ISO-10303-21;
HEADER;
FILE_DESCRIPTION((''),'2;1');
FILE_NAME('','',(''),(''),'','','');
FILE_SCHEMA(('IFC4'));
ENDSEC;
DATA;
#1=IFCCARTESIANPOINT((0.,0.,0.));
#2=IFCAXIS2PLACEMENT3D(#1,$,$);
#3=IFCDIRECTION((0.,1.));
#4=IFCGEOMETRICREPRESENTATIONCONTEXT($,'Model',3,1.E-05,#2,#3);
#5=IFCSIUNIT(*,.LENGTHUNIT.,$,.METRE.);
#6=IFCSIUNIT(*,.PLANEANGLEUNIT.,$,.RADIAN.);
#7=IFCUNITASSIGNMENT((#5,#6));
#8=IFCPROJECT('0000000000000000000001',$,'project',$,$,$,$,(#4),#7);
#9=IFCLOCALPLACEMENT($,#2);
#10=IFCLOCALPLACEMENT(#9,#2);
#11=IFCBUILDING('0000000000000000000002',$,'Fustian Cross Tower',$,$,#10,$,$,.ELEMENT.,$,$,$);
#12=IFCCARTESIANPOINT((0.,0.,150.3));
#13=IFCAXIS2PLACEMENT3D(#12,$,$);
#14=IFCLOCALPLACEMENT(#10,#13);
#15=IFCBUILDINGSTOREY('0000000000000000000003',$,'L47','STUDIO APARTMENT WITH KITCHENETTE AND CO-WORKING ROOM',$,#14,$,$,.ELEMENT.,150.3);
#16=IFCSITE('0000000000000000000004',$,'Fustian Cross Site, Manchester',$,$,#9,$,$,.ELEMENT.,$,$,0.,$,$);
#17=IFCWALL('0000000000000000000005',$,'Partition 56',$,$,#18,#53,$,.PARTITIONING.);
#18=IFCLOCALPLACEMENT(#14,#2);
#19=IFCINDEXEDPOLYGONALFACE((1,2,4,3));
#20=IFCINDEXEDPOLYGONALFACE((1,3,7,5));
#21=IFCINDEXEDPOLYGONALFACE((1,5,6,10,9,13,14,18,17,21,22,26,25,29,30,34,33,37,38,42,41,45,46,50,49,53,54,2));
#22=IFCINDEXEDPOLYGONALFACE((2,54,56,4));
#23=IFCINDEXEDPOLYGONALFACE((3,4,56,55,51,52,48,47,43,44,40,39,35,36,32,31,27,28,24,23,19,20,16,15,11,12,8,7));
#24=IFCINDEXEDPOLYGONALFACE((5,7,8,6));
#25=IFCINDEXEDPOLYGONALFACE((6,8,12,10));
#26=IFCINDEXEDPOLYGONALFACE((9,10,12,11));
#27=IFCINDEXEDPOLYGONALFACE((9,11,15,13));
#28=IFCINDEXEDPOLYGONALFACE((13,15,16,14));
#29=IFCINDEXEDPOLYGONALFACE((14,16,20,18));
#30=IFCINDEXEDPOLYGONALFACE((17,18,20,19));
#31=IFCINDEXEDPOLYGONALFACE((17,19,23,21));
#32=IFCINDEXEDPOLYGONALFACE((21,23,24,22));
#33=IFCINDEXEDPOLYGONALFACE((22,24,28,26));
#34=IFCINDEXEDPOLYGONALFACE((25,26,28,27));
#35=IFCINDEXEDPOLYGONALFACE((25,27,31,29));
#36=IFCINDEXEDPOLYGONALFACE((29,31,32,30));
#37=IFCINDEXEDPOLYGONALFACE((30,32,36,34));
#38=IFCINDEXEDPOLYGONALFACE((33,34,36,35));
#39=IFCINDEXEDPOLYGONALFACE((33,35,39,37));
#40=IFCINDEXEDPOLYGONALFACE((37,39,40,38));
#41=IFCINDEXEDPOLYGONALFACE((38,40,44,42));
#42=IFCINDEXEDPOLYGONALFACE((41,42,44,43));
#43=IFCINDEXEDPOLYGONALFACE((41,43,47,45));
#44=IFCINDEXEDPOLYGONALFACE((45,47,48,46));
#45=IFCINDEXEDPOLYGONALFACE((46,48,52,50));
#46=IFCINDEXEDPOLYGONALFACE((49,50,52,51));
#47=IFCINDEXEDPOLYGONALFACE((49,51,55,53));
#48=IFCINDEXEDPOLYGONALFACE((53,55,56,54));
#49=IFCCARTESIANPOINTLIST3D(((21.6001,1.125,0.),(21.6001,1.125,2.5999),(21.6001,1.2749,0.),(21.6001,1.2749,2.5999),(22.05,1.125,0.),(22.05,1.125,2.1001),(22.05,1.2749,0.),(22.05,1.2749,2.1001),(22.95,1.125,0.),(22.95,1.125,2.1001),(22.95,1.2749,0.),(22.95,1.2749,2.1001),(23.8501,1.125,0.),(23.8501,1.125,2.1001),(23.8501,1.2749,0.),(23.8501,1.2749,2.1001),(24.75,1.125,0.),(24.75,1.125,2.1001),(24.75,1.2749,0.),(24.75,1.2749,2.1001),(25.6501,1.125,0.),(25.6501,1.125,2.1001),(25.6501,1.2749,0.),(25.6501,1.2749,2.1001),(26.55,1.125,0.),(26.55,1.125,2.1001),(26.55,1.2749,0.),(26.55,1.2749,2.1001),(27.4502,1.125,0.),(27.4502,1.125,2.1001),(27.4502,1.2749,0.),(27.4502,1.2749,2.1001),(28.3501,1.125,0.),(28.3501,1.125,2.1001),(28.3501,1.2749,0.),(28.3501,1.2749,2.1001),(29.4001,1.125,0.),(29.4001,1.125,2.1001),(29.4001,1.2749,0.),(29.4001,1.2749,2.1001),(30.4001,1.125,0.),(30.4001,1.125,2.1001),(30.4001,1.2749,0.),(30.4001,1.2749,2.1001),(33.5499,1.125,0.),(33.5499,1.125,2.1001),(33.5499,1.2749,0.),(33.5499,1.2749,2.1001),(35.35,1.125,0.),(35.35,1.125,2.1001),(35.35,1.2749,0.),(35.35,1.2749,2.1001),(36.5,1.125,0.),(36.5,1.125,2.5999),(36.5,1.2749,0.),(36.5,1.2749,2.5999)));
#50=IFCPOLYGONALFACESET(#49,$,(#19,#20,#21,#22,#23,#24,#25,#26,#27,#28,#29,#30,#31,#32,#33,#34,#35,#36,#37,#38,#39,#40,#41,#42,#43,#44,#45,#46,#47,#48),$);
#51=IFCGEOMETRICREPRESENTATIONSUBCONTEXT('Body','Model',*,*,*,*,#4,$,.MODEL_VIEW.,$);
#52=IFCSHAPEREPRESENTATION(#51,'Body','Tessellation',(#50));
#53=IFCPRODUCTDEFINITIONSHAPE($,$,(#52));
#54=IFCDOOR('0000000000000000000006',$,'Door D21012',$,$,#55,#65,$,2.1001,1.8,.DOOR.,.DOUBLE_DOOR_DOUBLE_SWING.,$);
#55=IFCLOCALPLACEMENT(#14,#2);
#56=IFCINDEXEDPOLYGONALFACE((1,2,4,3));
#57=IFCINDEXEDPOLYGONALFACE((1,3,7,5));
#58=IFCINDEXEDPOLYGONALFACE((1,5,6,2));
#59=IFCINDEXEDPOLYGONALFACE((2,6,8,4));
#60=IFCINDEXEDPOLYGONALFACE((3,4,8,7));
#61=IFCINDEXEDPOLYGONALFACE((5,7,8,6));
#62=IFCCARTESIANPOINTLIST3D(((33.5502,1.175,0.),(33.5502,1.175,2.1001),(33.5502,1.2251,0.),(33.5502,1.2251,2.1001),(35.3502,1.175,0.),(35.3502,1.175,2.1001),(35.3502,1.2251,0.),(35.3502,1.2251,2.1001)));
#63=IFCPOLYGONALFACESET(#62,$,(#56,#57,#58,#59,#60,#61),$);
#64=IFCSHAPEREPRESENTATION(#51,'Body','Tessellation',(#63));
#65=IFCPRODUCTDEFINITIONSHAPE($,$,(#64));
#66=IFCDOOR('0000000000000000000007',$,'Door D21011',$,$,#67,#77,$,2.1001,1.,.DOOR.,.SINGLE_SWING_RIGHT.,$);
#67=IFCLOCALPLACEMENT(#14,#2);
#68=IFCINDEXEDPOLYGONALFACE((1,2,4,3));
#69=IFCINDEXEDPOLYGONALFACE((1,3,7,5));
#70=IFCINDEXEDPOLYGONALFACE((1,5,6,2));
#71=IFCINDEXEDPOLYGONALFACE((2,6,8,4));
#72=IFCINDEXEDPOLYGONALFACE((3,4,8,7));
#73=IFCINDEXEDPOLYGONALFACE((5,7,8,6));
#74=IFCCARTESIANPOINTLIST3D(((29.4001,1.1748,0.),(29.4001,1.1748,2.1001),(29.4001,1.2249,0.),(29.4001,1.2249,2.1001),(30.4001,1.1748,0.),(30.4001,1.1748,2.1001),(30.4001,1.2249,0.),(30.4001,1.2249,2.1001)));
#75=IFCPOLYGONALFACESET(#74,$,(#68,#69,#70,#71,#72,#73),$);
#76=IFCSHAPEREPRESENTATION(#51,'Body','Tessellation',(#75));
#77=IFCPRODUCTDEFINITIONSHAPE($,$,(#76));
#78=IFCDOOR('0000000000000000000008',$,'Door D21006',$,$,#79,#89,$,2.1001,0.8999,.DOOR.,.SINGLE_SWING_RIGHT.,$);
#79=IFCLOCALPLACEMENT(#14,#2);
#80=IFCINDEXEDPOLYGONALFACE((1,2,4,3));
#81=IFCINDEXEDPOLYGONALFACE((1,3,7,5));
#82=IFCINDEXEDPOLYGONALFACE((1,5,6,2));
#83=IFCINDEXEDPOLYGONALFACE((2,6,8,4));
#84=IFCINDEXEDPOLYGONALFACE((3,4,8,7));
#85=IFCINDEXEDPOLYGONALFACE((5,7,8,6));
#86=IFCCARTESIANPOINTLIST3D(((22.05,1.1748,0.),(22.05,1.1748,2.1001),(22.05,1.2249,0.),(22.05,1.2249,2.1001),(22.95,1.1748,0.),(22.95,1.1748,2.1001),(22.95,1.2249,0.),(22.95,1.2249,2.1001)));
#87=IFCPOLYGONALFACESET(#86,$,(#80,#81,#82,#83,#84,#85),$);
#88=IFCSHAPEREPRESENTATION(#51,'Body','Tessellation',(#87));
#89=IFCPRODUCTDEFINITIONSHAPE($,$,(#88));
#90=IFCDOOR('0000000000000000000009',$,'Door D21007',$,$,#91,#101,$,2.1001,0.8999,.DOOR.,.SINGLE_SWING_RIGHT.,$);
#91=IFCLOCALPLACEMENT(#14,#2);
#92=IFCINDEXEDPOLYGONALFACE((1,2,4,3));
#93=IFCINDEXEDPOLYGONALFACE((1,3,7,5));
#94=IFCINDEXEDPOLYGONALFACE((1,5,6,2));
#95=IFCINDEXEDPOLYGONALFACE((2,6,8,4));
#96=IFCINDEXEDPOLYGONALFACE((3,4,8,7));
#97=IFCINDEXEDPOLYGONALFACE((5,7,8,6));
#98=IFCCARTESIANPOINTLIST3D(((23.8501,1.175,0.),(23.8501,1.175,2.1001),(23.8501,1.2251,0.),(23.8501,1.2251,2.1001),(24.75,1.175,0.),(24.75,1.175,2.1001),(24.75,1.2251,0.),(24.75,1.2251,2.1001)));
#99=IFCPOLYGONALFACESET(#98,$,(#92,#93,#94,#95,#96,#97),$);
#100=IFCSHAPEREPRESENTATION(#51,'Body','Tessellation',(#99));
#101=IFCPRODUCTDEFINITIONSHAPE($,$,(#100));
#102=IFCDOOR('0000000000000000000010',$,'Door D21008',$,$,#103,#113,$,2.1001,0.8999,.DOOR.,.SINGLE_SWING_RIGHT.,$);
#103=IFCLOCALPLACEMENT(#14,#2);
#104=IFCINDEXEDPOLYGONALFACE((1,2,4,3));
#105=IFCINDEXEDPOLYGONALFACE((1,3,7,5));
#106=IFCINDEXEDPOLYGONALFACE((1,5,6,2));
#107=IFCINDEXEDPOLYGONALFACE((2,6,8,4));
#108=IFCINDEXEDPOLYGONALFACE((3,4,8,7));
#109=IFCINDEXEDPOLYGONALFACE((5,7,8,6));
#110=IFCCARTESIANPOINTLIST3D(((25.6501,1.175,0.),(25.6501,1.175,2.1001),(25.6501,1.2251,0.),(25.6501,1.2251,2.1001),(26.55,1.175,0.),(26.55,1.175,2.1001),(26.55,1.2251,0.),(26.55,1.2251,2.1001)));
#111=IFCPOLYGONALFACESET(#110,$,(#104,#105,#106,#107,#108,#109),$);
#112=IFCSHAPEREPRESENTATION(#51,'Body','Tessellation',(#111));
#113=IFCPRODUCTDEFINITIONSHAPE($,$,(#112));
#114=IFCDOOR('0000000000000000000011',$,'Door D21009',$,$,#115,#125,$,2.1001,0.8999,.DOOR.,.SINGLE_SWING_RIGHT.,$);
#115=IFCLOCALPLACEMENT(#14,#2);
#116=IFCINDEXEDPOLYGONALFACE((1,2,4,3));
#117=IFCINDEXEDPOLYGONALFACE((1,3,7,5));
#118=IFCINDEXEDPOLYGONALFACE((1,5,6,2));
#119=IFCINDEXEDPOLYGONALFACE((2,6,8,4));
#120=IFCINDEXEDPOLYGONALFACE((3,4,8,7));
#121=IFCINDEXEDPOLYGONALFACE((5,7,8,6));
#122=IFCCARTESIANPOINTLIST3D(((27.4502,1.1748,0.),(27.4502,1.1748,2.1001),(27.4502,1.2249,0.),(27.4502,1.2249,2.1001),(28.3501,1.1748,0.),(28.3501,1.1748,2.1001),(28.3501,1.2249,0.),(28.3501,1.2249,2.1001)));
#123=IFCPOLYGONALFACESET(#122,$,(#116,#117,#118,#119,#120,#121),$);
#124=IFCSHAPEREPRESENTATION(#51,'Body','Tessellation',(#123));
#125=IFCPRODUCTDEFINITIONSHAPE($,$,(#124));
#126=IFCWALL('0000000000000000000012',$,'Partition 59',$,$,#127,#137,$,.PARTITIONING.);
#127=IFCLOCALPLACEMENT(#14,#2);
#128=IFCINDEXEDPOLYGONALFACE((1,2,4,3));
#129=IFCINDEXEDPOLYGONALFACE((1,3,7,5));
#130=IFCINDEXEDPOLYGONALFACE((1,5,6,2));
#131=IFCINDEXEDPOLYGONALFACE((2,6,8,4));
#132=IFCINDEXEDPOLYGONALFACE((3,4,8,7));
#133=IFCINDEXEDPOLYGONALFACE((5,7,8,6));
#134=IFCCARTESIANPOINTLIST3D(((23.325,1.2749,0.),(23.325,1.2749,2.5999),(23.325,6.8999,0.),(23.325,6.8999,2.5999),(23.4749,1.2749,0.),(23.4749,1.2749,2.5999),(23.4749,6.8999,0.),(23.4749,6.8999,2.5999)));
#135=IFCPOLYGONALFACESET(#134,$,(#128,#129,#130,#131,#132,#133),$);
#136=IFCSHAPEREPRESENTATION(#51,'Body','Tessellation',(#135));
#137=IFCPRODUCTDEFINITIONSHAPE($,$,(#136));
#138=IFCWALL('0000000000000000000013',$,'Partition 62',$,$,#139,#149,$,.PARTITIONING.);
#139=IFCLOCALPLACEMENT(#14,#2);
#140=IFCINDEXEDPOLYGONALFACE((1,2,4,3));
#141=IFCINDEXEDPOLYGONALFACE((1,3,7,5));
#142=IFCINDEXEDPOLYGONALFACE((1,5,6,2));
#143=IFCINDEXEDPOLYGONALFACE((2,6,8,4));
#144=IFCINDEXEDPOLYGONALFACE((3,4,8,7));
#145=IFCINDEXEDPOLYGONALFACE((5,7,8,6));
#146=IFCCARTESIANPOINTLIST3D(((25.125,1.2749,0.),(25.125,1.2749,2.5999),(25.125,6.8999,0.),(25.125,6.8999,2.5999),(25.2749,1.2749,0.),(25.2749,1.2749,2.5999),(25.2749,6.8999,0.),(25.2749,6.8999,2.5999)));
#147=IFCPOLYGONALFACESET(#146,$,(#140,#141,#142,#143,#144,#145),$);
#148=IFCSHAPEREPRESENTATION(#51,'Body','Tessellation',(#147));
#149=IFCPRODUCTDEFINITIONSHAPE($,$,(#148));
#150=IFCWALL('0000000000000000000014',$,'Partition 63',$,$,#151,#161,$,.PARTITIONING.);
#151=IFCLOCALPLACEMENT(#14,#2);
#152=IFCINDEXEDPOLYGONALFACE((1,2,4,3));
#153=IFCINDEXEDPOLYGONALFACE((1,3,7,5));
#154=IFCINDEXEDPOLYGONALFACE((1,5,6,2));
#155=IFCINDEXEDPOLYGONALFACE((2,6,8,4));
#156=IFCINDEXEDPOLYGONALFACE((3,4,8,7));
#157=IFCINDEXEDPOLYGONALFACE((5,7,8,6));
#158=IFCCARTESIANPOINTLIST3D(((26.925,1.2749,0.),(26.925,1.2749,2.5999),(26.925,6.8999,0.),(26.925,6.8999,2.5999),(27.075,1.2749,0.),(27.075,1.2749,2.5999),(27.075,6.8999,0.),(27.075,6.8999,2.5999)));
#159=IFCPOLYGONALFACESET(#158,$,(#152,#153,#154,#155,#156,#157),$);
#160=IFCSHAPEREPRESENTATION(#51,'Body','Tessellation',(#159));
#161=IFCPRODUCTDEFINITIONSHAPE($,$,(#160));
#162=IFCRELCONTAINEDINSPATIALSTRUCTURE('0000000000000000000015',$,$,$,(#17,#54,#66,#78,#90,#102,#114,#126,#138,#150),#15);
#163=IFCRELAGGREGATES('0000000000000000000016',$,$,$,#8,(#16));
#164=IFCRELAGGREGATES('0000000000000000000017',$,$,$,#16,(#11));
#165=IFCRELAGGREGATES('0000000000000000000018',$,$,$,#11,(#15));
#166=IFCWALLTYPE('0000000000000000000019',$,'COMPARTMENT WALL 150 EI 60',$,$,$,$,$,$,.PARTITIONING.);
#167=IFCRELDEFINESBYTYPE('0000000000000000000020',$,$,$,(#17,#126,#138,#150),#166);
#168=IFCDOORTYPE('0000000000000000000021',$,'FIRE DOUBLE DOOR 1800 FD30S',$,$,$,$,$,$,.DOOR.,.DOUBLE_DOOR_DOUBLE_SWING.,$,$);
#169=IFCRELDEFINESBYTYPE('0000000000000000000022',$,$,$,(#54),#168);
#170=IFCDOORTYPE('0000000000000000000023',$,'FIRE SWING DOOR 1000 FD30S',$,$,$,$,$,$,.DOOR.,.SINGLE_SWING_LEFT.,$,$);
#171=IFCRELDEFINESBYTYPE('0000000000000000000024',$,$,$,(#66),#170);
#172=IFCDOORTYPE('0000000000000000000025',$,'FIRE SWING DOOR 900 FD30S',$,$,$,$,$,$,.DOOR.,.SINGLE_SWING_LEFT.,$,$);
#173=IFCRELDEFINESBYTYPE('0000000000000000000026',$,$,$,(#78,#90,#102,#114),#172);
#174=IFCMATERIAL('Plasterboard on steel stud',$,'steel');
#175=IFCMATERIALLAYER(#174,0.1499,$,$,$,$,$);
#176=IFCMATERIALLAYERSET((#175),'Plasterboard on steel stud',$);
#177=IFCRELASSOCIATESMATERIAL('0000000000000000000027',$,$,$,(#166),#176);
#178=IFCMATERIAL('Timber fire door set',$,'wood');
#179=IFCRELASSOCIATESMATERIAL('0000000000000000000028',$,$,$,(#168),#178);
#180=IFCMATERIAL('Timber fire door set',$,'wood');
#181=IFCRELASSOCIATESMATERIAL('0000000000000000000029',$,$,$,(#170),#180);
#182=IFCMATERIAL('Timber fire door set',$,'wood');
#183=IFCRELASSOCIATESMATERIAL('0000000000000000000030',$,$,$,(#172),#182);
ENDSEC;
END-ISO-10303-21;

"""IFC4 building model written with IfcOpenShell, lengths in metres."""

from ifc_helpers import new_model, si_unit, direction, frame, frame_2d, origin, place, context, subcontext, project, spatial, rectangle, extrude, material, layer, layer_set, type_object, element, fill, save


model = new_model("IFC4")

# Units and contexts
model_context = context("Model", 3, precision=1e-05, world=origin(), true_north=direction((0.0, 1.0)))
body_context = subcontext(model_context, "Body", "Model", "MODEL_VIEW")
ifc_project = project(units=[si_unit("LENGTHUNIT", "METRE"), si_unit("PLANEANGLEUNIT", "RADIAN")], contexts=[model_context])

# Site, building, storey
site_placement = place(None, origin())
site = spatial("IfcSite", under=ifc_project, at=site_placement, Name="Fustian Cross Site, Manchester", CompositionType="ELEMENT", RefElevation=0.0)
building_placement = place(site_placement, origin())
building = spatial("IfcBuilding", under=site, at=building_placement, Name="Fustian Cross Tower", CompositionType="ELEMENT")
storey_placement = place(building_placement, frame((0.0, 0.0, 150.3)))
storey = spatial("IfcBuildingStorey", under=building, at=storey_placement, Name="L47", Description="STUDIO APARTMENT WITH KITCHENETTE AND CO-WORKING ROOM", CompositionType="ELEMENT", Elevation=150.3)

# Wall, openings, doors
ifc_material_1 = material(Name="Plasterboard on steel stud", Category="steel")
ifc_layer_1 = layer(ifc_material_1, 0.1499)
ifc_layer_set_1 = layer_set([ifc_layer_1], Name="Plasterboard on steel stud")
wall_type_1 = type_object("IfcWallType", Name="COMPARTMENT WALL 150 EI 60", PredefinedType="PARTITIONING", material=ifc_layer_set_1)
ifc_material_2 = material(Name="Timber fire door set", Category="wood")
door_type_1 = type_object("IfcDoorType", Name="FIRE DOUBLE DOOR 1800 FD30S", OperationType="DOUBLE_DOOR_DOUBLE_SWING", PredefinedType="DOOR", material=ifc_material_2)
ifc_material_3 = material(Name="Timber fire door set", Category="wood")
door_type_2 = type_object("IfcDoorType", Name="FIRE SWING DOOR 1000 FD30S", OperationType="SINGLE_SWING_LEFT", PredefinedType="DOOR", material=ifc_material_3)
wall_1_placement = place(storey_placement, frame((21.6001, 1.2, 0.0), z_axis=(0.0, 0.0, 1.0), x_axis=(1.0, 0.0, 0.0)))
wall_1 = element("IfcWall", 1, at=wall_1_placement, inside=storey, type_object=wall_type_1, Name="Partition 56", PredefinedType="PARTITIONING", context=body_context, shape_type="SweptSolid", body=[
    extrude(rectangle(XDim=14.8999, YDim=0.1499, at=frame_2d((7.45, 0.0))), origin(), (0.0, 0.0, 1.0), 2.5999),
])
opening_1_placement = place(wall_1_placement, frame((0.45, 0.0, 0.0)))
opening_1 = element("IfcOpeningElement", 2, at=opening_1_placement, cuts=wall_1, PredefinedType="OPENING", context=body_context, shape_type="SweptSolid", body=[
    extrude(rectangle(XDim=0.8999, YDim=2.1001, at=frame_2d((0.45, 1.05))), frame((0.0, 0.085, 0.0), z_axis=(0.0, -1.0, 0.0), x_axis=(1.0, 0.0, 0.0)), (0.0, 0.0, 1.0), 0.1699),
])
opening_2_placement = place(wall_1_placement, frame((2.25, 0.0, 0.0)))
opening_2 = element("IfcOpeningElement", 3, at=opening_2_placement, cuts=wall_1, PredefinedType="OPENING", context=body_context, shape_type="SweptSolid", body=[
    extrude(rectangle(XDim=0.8999, YDim=2.1001, at=frame_2d((0.45, 1.05))), frame((0.0, 0.085, 0.0), z_axis=(0.0, -1.0, 0.0), x_axis=(1.0, 0.0, 0.0)), (0.0, 0.0, 1.0), 0.1699),
])
opening_3_placement = place(wall_1_placement, frame((4.05, 0.0, 0.0)))
opening_3 = element("IfcOpeningElement", 4, at=opening_3_placement, cuts=wall_1, PredefinedType="OPENING", context=body_context, shape_type="SweptSolid", body=[
    extrude(rectangle(XDim=0.8999, YDim=2.1001, at=frame_2d((0.45, 1.05))), frame((0.0, 0.085, 0.0), z_axis=(0.0, -1.0, 0.0), x_axis=(1.0, 0.0, 0.0)), (0.0, 0.0, 1.0), 0.1699),
])
opening_4_placement = place(wall_1_placement, frame((5.8501, 0.0, 0.0)))
opening_4 = element("IfcOpeningElement", 5, at=opening_4_placement, cuts=wall_1, PredefinedType="OPENING", context=body_context, shape_type="SweptSolid", body=[
    extrude(rectangle(XDim=0.8999, YDim=2.1001, at=frame_2d((0.45, 1.05))), frame((0.0, 0.085, 0.0), z_axis=(0.0, -1.0, 0.0), x_axis=(1.0, 0.0, 0.0)), (0.0, 0.0, 1.0), 0.1699),
])
opening_5_placement = place(wall_1_placement, frame((7.8, 0.0, 0.0)))
opening_5 = element("IfcOpeningElement", 6, at=opening_5_placement, cuts=wall_1, PredefinedType="OPENING", context=body_context, shape_type="SweptSolid", body=[
    extrude(rectangle(XDim=1.0, YDim=2.1001, at=frame_2d((0.5, 1.05))), frame((0.0, 0.085, 0.0), z_axis=(0.0, -1.0, 0.0), x_axis=(1.0, 0.0, 0.0)), (0.0, 0.0, 1.0), 0.1699),
])
opening_6_placement = place(wall_1_placement, frame((11.95, 0.0, 0.0)))
opening_6 = element("IfcOpeningElement", 7, at=opening_6_placement, cuts=wall_1, PredefinedType="OPENING", context=body_context, shape_type="SweptSolid", body=[
    extrude(rectangle(XDim=1.8, YDim=2.1001, at=frame_2d((0.8999, 1.05))), frame((0.0, 0.085, 0.0), z_axis=(0.0, -1.0, 0.0), x_axis=(1.0, 0.0, 0.0)), (0.0, 0.0, 1.0), 0.1699),
])
door_1_placement = place(opening_6_placement, frame((1.8, 0.0, 0.0), z_axis=(0.0, 0.0, 1.0), x_axis=(-1.0, 0.0, 0.0)))
door_1 = element("IfcDoor", 8, at=door_1_placement, inside=storey, type_object=door_type_1, Name="Door D21012", OperationType="DOUBLE_DOOR_DOUBLE_SWING", OverallHeight=2.1001, OverallWidth=1.8, PredefinedType="DOOR", context=body_context, shape_type="SweptSolid", body=[
    extrude(rectangle(XDim=1.8, YDim=2.1001, at=frame_2d((0.8999, 1.05))), frame((0.0, 0.0249, 0.0), z_axis=(0.0, -1.0, 0.0), x_axis=(1.0, 0.0, 0.0)), (0.0, 0.0, 1.0), 0.05),
])
fill(opening_6, door_1)
door_2_placement = place(opening_5_placement, origin())
door_2 = element("IfcDoor", 9, at=door_2_placement, inside=storey, type_object=door_type_2, Name="Door D21011", OperationType="SINGLE_SWING_RIGHT", OverallHeight=2.1001, OverallWidth=1.0, PredefinedType="DOOR", context=body_context, shape_type="SweptSolid", body=[
    extrude(rectangle(XDim=1.0, YDim=2.1001, at=frame_2d((0.5, 1.05))), frame((0.0, 0.0249, 0.0), z_axis=(0.0, -1.0, 0.0), x_axis=(1.0, 0.0, 0.0)), (0.0, 0.0, 1.0), 0.05),
])
fill(opening_5, door_2)
ifc_material_4 = material(Name="Timber fire door set", Category="wood")
door_type_3 = type_object("IfcDoorType", Name="FIRE SWING DOOR 900 FD30S", OperationType="SINGLE_SWING_LEFT", PredefinedType="DOOR", material=ifc_material_4)
door_3_placement = place(opening_1_placement, origin())
door_3 = element("IfcDoor", 10, at=door_3_placement, inside=storey, type_object=door_type_3, Name="Door D21006", OperationType="SINGLE_SWING_RIGHT", OverallHeight=2.1001, OverallWidth=0.8999, PredefinedType="DOOR", context=body_context, shape_type="SweptSolid", body=[
    extrude(rectangle(XDim=0.8999, YDim=2.1001, at=frame_2d((0.45, 1.05))), frame((0.0, 0.0249, 0.0), z_axis=(0.0, -1.0, 0.0), x_axis=(1.0, 0.0, 0.0)), (0.0, 0.0, 1.0), 0.05),
])
fill(opening_1, door_3)
door_4_placement = place(opening_2_placement, frame((0.8999, 0.0, 0.0), z_axis=(0.0, 0.0, 1.0), x_axis=(-1.0, 0.0, 0.0)))
door_4 = element("IfcDoor", 11, at=door_4_placement, inside=storey, type_object=door_type_3, Name="Door D21007", OperationType="SINGLE_SWING_RIGHT", OverallHeight=2.1001, OverallWidth=0.8999, PredefinedType="DOOR", context=body_context, shape_type="SweptSolid", body=[
    extrude(rectangle(XDim=0.8999, YDim=2.1001, at=frame_2d((0.45, 1.05))), frame((0.0, 0.0249, 0.0), z_axis=(0.0, -1.0, 0.0), x_axis=(1.0, 0.0, 0.0)), (0.0, 0.0, 1.0), 0.05),
])
fill(opening_2, door_4)
door_5_placement = place(opening_3_placement, frame((0.8999, 0.0, 0.0), z_axis=(0.0, 0.0, 1.0), x_axis=(-1.0, 0.0, 0.0)))
door_5 = element("IfcDoor", 12, at=door_5_placement, inside=storey, type_object=door_type_3, Name="Door D21008", OperationType="SINGLE_SWING_RIGHT", OverallHeight=2.1001, OverallWidth=0.8999, PredefinedType="DOOR", context=body_context, shape_type="SweptSolid", body=[
    extrude(rectangle(XDim=0.8999, YDim=2.1001, at=frame_2d((0.45, 1.05))), frame((0.0, 0.0249, 0.0), z_axis=(0.0, -1.0, 0.0), x_axis=(1.0, 0.0, 0.0)), (0.0, 0.0, 1.0), 0.05),
])
fill(opening_3, door_5)
door_6_placement = place(opening_4_placement, origin())
door_6 = element("IfcDoor", 13, at=door_6_placement, inside=storey, type_object=door_type_3, Name="Door D21009", OperationType="SINGLE_SWING_RIGHT", OverallHeight=2.1001, OverallWidth=0.8999, PredefinedType="DOOR", context=body_context, shape_type="SweptSolid", body=[
    extrude(rectangle(XDim=0.8999, YDim=2.1001, at=frame_2d((0.45, 1.05))), frame((0.0, 0.0249, 0.0), z_axis=(0.0, -1.0, 0.0), x_axis=(1.0, 0.0, 0.0)), (0.0, 0.0, 1.0), 0.05),
])
fill(opening_4, door_6)

# Walls
for number, where, z_axis, x_axis, name in (
    (14, (23.3999, 1.2749, 0.0), (0.0, 0.0, 1.0), (0.0, 1.0, 0.0), "Partition 59"),
    (15, (25.2, 1.2749, 0.0), (0.0, 0.0, 1.0), (0.0, 1.0, 0.0), "Partition 62"),
    (16, (27.0, 1.2749, 0.0), (0.0, 0.0, 1.0), (0.0, 1.0, 0.0), "Partition 63"),
):
    element("IfcWall", number, at=place(storey_placement, frame(where, z_axis=z_axis, x_axis=x_axis)), inside=storey, type_object=wall_type_1, Name=name, PredefinedType="PARTITIONING", context=body_context, shape_type="SweptSolid", body=[
        extrude(rectangle(XDim=5.625, YDim=0.1499, at=frame_2d((2.8125, 0.0))), origin(), (0.0, 0.0, 1.0), 2.5999),
    ])

save(model, "model.ifc")
